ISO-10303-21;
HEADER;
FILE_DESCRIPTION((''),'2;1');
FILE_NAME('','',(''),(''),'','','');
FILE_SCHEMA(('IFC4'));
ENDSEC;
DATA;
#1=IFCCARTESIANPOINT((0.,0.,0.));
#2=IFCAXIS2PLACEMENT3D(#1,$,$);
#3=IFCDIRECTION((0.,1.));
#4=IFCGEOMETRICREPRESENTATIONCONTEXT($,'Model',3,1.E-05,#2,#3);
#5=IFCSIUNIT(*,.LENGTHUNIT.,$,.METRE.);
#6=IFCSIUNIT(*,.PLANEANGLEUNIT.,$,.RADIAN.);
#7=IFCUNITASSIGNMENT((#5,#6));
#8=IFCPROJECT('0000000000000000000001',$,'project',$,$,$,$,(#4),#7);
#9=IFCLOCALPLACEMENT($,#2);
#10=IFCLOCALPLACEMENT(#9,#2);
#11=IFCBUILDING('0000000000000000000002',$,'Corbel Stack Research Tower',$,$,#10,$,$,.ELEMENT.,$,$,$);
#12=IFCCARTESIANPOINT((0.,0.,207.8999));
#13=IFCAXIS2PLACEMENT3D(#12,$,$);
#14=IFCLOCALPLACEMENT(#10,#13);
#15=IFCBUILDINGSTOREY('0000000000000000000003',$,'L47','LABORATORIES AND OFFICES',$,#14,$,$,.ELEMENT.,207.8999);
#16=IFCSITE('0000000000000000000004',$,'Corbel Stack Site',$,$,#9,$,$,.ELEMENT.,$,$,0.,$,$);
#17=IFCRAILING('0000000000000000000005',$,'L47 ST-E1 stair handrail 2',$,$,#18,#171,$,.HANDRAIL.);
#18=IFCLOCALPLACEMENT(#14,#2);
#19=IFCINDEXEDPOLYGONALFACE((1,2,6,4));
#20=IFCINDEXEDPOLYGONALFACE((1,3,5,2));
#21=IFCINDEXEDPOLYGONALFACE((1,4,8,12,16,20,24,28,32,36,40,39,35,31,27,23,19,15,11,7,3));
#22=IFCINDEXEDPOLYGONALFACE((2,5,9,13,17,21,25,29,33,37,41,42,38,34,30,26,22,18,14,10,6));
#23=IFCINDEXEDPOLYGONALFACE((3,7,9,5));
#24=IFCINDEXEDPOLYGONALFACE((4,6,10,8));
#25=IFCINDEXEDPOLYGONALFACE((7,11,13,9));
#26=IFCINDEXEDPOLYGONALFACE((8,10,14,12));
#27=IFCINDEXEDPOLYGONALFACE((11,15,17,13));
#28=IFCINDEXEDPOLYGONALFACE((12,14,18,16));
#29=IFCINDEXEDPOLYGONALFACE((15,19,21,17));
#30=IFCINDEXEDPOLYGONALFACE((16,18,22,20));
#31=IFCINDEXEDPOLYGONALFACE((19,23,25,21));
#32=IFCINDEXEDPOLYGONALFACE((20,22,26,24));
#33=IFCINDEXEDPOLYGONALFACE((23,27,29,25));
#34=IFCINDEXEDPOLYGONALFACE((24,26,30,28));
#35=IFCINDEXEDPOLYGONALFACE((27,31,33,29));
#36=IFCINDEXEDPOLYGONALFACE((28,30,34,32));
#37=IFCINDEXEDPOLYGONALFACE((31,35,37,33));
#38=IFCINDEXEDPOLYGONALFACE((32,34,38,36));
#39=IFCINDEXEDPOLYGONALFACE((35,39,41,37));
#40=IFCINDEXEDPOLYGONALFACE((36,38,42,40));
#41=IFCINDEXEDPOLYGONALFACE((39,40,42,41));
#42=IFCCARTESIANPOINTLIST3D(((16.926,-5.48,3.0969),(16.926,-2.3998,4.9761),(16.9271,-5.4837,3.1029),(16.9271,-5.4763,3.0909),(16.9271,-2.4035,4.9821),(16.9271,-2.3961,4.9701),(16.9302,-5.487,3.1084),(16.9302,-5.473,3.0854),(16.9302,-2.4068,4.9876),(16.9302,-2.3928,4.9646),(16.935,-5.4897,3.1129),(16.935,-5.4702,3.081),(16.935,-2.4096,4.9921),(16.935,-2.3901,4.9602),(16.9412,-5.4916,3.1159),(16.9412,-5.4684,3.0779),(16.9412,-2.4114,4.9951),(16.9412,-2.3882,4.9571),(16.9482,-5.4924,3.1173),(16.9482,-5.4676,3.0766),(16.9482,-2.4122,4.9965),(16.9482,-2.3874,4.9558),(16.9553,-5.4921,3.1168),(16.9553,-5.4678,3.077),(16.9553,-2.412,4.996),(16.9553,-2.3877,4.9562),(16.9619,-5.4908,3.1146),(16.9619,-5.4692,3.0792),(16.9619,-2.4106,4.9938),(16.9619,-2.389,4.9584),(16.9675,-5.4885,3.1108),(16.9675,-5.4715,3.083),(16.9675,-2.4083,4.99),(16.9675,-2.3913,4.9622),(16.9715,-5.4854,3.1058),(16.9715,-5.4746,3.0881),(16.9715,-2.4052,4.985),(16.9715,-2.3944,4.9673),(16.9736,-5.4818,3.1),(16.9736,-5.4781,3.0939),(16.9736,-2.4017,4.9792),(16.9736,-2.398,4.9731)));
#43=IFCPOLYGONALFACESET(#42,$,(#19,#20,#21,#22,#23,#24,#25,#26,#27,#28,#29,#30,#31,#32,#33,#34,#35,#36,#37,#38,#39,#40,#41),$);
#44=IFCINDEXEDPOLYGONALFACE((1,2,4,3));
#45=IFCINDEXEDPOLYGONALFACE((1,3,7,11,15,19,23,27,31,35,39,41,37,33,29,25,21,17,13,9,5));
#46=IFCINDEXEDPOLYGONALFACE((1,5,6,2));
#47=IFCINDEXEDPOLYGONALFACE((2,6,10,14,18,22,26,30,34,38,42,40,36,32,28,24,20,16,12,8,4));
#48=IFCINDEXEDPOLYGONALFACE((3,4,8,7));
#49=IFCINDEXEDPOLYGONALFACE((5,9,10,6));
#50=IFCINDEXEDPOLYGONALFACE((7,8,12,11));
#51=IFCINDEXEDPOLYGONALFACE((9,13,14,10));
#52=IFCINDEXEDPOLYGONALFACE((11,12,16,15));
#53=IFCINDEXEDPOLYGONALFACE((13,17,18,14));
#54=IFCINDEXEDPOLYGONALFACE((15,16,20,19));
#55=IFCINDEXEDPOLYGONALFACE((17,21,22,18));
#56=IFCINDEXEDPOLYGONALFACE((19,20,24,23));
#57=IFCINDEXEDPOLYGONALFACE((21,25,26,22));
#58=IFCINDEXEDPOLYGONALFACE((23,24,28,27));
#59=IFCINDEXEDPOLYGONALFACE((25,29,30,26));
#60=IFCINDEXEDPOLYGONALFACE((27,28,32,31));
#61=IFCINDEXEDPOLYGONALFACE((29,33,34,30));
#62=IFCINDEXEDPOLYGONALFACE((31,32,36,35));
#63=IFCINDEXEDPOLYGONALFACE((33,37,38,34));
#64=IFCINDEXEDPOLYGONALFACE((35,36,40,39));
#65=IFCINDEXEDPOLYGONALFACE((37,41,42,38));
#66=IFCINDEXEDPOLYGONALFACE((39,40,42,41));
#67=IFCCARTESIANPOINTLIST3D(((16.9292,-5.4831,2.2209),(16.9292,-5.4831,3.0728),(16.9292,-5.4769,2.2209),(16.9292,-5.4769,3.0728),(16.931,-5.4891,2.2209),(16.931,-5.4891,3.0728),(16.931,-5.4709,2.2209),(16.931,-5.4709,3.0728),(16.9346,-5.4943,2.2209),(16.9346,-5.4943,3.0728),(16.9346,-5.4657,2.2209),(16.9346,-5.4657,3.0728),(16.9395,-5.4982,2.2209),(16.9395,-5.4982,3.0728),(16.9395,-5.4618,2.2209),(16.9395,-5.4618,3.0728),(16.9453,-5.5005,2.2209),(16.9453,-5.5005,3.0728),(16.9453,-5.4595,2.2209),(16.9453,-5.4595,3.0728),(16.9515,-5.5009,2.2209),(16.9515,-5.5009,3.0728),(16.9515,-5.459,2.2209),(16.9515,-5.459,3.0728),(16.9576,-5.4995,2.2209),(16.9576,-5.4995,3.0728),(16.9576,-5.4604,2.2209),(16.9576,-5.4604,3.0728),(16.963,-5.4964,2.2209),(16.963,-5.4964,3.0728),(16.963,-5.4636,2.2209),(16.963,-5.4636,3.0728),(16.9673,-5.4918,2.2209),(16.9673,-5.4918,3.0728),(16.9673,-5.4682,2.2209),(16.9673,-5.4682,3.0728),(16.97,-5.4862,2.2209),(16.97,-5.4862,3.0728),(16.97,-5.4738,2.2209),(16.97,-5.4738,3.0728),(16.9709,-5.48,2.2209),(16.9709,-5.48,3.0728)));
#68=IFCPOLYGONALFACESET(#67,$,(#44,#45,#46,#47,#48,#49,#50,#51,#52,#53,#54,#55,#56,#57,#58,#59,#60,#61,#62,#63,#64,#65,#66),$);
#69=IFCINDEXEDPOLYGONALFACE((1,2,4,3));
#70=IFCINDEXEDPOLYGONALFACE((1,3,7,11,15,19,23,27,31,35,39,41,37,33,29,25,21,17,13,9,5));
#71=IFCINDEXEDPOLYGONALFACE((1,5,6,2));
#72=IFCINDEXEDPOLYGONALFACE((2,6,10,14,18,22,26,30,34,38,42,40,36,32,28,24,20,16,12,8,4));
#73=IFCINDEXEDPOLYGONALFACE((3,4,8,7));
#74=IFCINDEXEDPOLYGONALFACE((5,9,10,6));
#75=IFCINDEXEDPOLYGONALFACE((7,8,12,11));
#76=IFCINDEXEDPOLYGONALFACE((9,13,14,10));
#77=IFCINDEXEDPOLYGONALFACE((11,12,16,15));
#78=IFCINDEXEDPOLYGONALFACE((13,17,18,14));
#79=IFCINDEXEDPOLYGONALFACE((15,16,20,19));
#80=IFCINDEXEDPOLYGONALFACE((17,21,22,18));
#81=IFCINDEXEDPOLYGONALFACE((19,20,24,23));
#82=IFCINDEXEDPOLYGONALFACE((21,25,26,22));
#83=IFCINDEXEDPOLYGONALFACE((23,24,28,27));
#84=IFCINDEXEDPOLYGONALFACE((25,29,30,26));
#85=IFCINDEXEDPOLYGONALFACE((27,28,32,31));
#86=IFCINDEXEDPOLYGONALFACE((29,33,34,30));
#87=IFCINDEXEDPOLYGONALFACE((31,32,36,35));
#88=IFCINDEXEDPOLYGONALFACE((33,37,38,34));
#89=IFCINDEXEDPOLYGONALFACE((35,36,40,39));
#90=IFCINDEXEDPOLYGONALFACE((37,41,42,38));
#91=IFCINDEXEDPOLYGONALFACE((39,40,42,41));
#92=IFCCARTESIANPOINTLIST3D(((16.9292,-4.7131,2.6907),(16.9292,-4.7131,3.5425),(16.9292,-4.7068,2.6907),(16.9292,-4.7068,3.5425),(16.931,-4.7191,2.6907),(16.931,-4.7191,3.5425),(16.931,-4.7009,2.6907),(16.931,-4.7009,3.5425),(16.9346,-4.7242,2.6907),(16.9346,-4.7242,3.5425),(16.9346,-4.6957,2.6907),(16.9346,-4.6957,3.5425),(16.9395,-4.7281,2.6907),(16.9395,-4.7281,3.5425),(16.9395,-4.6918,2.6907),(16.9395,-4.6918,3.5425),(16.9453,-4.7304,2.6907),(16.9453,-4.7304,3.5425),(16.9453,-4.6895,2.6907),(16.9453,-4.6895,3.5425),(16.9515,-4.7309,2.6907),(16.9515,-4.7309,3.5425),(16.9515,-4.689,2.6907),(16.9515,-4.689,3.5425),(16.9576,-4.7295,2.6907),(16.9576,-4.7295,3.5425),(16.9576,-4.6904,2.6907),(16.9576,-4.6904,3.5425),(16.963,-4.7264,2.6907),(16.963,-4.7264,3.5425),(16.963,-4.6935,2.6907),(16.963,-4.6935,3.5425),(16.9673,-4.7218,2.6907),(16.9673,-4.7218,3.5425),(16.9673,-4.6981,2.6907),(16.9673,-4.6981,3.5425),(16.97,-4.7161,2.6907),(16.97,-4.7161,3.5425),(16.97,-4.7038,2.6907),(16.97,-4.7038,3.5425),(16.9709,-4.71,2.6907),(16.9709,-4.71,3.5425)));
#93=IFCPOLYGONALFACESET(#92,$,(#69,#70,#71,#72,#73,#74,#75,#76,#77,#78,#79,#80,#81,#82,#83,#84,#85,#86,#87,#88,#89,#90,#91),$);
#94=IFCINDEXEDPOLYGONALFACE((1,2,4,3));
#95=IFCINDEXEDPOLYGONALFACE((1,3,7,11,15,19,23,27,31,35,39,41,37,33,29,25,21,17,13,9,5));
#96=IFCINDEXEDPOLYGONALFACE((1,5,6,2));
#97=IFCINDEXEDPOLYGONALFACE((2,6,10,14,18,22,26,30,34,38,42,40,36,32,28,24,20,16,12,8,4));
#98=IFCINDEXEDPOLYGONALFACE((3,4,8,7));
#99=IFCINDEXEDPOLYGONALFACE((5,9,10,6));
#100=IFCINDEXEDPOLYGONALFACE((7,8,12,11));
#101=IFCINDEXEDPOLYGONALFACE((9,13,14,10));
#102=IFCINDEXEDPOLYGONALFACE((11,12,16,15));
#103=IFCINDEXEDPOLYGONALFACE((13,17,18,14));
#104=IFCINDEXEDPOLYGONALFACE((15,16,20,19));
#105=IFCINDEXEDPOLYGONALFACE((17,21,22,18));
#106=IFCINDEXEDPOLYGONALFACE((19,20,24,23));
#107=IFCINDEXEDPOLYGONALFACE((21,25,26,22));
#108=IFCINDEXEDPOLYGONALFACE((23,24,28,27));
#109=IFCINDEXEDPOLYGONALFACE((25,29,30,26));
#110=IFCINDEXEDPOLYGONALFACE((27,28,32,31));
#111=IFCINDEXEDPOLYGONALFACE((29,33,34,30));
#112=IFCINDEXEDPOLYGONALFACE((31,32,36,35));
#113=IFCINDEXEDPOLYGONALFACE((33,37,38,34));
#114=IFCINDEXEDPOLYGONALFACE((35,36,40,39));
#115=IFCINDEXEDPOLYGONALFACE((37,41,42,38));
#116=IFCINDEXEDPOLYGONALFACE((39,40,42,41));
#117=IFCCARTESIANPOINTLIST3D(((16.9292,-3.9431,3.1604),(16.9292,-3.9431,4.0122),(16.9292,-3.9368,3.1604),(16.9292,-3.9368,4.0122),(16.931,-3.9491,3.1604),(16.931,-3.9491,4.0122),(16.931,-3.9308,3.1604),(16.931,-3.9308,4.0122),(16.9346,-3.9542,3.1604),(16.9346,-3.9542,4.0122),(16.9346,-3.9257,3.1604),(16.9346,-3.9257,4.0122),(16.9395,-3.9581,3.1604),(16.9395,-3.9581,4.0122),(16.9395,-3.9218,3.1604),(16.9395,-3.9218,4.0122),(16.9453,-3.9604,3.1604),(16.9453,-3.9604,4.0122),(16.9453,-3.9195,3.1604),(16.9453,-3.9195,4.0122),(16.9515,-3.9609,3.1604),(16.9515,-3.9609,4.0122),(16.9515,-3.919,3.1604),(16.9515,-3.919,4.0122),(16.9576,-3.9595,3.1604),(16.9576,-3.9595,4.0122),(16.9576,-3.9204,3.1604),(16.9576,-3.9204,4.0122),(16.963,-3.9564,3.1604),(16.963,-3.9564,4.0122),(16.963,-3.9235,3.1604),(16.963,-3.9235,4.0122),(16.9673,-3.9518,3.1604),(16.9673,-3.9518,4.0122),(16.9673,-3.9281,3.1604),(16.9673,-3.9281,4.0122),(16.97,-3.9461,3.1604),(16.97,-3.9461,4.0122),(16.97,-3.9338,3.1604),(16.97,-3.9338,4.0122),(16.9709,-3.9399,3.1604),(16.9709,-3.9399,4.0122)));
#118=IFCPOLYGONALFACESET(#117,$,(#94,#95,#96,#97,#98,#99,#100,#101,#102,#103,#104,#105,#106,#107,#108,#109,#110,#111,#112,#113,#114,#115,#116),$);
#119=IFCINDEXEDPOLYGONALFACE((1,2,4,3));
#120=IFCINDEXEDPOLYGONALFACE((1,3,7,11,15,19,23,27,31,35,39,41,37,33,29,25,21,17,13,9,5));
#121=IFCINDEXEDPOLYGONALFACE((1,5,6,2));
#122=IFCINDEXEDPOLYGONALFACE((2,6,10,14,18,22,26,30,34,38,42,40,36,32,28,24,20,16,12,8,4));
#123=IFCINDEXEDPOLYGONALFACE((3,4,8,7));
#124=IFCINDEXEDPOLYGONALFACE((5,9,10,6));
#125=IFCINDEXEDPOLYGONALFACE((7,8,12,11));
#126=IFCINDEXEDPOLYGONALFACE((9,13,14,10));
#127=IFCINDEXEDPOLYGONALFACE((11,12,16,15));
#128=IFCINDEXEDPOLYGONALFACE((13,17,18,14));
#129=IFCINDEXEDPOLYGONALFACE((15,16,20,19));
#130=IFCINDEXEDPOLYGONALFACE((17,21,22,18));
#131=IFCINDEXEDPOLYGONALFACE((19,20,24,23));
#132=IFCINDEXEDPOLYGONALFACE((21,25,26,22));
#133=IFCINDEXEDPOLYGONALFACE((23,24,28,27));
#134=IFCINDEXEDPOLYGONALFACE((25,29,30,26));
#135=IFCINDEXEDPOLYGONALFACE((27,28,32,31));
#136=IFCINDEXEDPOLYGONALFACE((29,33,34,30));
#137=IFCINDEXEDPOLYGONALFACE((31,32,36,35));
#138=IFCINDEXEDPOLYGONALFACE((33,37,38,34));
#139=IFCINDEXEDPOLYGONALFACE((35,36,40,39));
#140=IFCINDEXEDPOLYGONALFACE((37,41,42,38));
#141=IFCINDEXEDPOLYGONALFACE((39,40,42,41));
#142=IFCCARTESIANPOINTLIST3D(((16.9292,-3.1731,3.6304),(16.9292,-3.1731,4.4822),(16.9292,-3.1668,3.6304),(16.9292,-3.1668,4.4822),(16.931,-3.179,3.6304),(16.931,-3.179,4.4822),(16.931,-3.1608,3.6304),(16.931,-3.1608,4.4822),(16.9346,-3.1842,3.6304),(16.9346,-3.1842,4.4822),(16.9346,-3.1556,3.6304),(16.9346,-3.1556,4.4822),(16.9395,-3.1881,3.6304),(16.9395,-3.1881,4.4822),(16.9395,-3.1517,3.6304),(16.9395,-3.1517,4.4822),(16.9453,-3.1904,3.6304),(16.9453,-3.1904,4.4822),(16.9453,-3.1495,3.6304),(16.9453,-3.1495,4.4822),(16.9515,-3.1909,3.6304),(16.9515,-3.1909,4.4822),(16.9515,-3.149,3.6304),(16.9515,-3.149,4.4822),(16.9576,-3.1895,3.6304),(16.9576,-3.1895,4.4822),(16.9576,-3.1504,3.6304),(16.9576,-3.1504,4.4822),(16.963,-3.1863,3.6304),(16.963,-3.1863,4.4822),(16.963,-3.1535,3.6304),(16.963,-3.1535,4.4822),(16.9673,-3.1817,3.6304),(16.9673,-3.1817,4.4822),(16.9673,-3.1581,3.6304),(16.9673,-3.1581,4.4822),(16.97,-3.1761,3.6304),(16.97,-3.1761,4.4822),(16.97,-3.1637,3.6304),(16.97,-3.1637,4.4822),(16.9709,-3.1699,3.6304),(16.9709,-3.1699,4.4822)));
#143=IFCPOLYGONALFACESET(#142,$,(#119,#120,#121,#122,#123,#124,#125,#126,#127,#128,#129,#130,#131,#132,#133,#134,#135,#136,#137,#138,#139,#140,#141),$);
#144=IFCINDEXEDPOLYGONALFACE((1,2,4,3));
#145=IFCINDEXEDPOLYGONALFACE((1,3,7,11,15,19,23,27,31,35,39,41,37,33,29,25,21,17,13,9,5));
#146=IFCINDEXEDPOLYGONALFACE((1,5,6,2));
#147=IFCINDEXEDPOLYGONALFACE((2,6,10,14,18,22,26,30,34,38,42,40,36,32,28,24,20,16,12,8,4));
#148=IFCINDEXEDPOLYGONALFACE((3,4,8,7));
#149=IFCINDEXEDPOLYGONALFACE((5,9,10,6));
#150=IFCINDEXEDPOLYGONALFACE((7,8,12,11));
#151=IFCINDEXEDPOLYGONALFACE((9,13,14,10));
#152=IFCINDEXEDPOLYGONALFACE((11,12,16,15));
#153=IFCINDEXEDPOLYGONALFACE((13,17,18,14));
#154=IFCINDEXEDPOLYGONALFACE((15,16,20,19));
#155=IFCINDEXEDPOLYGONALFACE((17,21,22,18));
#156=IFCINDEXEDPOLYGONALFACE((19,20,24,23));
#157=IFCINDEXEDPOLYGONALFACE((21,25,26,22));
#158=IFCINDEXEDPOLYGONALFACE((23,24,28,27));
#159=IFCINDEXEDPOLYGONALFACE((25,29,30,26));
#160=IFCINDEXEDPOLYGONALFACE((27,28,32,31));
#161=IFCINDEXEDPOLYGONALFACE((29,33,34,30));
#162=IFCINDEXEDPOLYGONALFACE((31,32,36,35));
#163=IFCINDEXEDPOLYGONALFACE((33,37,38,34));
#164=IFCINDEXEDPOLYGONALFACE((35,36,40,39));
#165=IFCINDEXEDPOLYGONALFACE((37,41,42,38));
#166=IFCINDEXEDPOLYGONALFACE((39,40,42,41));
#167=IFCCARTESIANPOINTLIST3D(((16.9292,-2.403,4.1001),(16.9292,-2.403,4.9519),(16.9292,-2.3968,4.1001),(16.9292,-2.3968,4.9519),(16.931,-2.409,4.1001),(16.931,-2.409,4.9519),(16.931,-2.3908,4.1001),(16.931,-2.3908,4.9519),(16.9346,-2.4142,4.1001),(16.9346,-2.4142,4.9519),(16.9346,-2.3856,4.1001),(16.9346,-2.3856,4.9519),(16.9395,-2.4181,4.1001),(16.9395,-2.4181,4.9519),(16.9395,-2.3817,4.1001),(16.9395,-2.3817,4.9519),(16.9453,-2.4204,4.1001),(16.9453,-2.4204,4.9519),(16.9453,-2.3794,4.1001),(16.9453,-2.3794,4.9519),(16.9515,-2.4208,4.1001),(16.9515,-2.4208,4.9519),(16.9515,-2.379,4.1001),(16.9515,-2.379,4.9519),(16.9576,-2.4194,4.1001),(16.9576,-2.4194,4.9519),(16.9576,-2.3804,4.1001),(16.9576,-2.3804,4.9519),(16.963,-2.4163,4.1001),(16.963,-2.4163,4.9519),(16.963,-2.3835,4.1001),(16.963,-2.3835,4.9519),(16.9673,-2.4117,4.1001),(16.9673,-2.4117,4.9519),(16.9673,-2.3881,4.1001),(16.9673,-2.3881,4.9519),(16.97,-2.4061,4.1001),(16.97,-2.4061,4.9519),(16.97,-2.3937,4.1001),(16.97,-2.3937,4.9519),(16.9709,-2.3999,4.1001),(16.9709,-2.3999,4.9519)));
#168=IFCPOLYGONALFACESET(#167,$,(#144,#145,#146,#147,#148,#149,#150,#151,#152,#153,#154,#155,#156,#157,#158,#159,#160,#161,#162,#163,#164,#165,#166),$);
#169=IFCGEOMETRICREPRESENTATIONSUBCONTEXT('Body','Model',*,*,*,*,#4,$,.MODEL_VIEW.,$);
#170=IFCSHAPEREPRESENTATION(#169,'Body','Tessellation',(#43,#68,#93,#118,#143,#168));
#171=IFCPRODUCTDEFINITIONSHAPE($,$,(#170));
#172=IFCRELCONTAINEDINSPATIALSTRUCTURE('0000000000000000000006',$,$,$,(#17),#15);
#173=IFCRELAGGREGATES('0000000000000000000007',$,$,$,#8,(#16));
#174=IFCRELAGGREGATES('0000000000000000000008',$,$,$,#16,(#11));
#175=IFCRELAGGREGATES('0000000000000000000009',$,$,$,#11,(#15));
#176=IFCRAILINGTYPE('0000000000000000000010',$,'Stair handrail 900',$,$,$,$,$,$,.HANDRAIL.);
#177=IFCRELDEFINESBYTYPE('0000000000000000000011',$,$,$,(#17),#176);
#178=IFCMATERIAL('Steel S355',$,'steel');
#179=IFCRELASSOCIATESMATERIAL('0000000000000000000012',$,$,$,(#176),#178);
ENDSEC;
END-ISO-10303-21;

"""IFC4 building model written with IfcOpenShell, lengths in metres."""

from ifc_helpers import new_model, si_unit, direction, frame, origin, origin_2d, place, context, subcontext, project, spatial, circle, extrude, material, type_object, element, save


model = new_model("IFC4")

# Units and contexts
model_context = context("Model", 3, precision=1e-05, world=origin(), true_north=direction((0.0, 1.0)))
body_context = subcontext(model_context, "Body", "Model", "MODEL_VIEW")
ifc_project = project(units=[si_unit("LENGTHUNIT", "METRE"), si_unit("PLANEANGLEUNIT", "RADIAN")], contexts=[model_context])

# Site, building, storey
site_placement = place(None, origin())
site = spatial("IfcSite", under=ifc_project, at=site_placement, Name="Corbel Stack Site", CompositionType="ELEMENT", RefElevation=0.0)
building_placement = place(site_placement, origin())
building = spatial("IfcBuilding", under=site, at=building_placement, Name="Corbel Stack Research Tower", CompositionType="ELEMENT")
storey_placement = place(building_placement, frame((0.0, 0.0, 207.8999)))
storey = spatial("IfcBuildingStorey", under=building, at=storey_placement, Name="L47", Description="LABORATORIES AND OFFICES", CompositionType="ELEMENT", Elevation=207.8999)

# Railing
ifc_material_1 = material(Name="Steel S355", Category="steel")
railing_type_1 = type_object("IfcRailingType", Name="Stair handrail 900", PredefinedType="HANDRAIL", material=ifc_material_1)
railing_1_placement = place(storey_placement, frame((16.95, -5.48, 2.2209)))
element("IfcRailing", 1, at=railing_1_placement, inside=storey, type_object=railing_type_1, Name="L47 ST-E1 stair handrail 2", PredefinedType="HANDRAIL", context=body_context, shape_type="SweptSolid", body=[
    extrude(circle(Radius=0.0239, at=origin_2d()), frame((0.0, 0.0, 0.876), z_axis=(0.0, 0.853666, 0.52082), x_axis=(-1.0, 0.0, 0.0)), (0.0, 0.0, 1.0), 3.6082),
    extrude(circle(Radius=0.021, at=origin_2d()), origin(), (0.0, 0.0, 1.0), 0.8518),
    extrude(circle(Radius=0.021, at=origin_2d()), frame((0.0, 0.77, 0.4697)), (0.0, 0.0, 1.0), 0.8518),
    extrude(circle(Radius=0.021, at=origin_2d()), frame((0.0, 1.54, 0.9395)), (0.0, 0.0, 1.0), 0.8518),
    extrude(circle(Radius=0.021, at=origin_2d()), frame((0.0, 2.3101, 1.4094)), (0.0, 0.0, 1.0), 0.8518),
    extrude(circle(Radius=0.021, at=origin_2d()), frame((0.0, 3.0801, 1.8792)), (0.0, 0.0, 1.0), 0.8518),
])

save(model, "model.ifc")
